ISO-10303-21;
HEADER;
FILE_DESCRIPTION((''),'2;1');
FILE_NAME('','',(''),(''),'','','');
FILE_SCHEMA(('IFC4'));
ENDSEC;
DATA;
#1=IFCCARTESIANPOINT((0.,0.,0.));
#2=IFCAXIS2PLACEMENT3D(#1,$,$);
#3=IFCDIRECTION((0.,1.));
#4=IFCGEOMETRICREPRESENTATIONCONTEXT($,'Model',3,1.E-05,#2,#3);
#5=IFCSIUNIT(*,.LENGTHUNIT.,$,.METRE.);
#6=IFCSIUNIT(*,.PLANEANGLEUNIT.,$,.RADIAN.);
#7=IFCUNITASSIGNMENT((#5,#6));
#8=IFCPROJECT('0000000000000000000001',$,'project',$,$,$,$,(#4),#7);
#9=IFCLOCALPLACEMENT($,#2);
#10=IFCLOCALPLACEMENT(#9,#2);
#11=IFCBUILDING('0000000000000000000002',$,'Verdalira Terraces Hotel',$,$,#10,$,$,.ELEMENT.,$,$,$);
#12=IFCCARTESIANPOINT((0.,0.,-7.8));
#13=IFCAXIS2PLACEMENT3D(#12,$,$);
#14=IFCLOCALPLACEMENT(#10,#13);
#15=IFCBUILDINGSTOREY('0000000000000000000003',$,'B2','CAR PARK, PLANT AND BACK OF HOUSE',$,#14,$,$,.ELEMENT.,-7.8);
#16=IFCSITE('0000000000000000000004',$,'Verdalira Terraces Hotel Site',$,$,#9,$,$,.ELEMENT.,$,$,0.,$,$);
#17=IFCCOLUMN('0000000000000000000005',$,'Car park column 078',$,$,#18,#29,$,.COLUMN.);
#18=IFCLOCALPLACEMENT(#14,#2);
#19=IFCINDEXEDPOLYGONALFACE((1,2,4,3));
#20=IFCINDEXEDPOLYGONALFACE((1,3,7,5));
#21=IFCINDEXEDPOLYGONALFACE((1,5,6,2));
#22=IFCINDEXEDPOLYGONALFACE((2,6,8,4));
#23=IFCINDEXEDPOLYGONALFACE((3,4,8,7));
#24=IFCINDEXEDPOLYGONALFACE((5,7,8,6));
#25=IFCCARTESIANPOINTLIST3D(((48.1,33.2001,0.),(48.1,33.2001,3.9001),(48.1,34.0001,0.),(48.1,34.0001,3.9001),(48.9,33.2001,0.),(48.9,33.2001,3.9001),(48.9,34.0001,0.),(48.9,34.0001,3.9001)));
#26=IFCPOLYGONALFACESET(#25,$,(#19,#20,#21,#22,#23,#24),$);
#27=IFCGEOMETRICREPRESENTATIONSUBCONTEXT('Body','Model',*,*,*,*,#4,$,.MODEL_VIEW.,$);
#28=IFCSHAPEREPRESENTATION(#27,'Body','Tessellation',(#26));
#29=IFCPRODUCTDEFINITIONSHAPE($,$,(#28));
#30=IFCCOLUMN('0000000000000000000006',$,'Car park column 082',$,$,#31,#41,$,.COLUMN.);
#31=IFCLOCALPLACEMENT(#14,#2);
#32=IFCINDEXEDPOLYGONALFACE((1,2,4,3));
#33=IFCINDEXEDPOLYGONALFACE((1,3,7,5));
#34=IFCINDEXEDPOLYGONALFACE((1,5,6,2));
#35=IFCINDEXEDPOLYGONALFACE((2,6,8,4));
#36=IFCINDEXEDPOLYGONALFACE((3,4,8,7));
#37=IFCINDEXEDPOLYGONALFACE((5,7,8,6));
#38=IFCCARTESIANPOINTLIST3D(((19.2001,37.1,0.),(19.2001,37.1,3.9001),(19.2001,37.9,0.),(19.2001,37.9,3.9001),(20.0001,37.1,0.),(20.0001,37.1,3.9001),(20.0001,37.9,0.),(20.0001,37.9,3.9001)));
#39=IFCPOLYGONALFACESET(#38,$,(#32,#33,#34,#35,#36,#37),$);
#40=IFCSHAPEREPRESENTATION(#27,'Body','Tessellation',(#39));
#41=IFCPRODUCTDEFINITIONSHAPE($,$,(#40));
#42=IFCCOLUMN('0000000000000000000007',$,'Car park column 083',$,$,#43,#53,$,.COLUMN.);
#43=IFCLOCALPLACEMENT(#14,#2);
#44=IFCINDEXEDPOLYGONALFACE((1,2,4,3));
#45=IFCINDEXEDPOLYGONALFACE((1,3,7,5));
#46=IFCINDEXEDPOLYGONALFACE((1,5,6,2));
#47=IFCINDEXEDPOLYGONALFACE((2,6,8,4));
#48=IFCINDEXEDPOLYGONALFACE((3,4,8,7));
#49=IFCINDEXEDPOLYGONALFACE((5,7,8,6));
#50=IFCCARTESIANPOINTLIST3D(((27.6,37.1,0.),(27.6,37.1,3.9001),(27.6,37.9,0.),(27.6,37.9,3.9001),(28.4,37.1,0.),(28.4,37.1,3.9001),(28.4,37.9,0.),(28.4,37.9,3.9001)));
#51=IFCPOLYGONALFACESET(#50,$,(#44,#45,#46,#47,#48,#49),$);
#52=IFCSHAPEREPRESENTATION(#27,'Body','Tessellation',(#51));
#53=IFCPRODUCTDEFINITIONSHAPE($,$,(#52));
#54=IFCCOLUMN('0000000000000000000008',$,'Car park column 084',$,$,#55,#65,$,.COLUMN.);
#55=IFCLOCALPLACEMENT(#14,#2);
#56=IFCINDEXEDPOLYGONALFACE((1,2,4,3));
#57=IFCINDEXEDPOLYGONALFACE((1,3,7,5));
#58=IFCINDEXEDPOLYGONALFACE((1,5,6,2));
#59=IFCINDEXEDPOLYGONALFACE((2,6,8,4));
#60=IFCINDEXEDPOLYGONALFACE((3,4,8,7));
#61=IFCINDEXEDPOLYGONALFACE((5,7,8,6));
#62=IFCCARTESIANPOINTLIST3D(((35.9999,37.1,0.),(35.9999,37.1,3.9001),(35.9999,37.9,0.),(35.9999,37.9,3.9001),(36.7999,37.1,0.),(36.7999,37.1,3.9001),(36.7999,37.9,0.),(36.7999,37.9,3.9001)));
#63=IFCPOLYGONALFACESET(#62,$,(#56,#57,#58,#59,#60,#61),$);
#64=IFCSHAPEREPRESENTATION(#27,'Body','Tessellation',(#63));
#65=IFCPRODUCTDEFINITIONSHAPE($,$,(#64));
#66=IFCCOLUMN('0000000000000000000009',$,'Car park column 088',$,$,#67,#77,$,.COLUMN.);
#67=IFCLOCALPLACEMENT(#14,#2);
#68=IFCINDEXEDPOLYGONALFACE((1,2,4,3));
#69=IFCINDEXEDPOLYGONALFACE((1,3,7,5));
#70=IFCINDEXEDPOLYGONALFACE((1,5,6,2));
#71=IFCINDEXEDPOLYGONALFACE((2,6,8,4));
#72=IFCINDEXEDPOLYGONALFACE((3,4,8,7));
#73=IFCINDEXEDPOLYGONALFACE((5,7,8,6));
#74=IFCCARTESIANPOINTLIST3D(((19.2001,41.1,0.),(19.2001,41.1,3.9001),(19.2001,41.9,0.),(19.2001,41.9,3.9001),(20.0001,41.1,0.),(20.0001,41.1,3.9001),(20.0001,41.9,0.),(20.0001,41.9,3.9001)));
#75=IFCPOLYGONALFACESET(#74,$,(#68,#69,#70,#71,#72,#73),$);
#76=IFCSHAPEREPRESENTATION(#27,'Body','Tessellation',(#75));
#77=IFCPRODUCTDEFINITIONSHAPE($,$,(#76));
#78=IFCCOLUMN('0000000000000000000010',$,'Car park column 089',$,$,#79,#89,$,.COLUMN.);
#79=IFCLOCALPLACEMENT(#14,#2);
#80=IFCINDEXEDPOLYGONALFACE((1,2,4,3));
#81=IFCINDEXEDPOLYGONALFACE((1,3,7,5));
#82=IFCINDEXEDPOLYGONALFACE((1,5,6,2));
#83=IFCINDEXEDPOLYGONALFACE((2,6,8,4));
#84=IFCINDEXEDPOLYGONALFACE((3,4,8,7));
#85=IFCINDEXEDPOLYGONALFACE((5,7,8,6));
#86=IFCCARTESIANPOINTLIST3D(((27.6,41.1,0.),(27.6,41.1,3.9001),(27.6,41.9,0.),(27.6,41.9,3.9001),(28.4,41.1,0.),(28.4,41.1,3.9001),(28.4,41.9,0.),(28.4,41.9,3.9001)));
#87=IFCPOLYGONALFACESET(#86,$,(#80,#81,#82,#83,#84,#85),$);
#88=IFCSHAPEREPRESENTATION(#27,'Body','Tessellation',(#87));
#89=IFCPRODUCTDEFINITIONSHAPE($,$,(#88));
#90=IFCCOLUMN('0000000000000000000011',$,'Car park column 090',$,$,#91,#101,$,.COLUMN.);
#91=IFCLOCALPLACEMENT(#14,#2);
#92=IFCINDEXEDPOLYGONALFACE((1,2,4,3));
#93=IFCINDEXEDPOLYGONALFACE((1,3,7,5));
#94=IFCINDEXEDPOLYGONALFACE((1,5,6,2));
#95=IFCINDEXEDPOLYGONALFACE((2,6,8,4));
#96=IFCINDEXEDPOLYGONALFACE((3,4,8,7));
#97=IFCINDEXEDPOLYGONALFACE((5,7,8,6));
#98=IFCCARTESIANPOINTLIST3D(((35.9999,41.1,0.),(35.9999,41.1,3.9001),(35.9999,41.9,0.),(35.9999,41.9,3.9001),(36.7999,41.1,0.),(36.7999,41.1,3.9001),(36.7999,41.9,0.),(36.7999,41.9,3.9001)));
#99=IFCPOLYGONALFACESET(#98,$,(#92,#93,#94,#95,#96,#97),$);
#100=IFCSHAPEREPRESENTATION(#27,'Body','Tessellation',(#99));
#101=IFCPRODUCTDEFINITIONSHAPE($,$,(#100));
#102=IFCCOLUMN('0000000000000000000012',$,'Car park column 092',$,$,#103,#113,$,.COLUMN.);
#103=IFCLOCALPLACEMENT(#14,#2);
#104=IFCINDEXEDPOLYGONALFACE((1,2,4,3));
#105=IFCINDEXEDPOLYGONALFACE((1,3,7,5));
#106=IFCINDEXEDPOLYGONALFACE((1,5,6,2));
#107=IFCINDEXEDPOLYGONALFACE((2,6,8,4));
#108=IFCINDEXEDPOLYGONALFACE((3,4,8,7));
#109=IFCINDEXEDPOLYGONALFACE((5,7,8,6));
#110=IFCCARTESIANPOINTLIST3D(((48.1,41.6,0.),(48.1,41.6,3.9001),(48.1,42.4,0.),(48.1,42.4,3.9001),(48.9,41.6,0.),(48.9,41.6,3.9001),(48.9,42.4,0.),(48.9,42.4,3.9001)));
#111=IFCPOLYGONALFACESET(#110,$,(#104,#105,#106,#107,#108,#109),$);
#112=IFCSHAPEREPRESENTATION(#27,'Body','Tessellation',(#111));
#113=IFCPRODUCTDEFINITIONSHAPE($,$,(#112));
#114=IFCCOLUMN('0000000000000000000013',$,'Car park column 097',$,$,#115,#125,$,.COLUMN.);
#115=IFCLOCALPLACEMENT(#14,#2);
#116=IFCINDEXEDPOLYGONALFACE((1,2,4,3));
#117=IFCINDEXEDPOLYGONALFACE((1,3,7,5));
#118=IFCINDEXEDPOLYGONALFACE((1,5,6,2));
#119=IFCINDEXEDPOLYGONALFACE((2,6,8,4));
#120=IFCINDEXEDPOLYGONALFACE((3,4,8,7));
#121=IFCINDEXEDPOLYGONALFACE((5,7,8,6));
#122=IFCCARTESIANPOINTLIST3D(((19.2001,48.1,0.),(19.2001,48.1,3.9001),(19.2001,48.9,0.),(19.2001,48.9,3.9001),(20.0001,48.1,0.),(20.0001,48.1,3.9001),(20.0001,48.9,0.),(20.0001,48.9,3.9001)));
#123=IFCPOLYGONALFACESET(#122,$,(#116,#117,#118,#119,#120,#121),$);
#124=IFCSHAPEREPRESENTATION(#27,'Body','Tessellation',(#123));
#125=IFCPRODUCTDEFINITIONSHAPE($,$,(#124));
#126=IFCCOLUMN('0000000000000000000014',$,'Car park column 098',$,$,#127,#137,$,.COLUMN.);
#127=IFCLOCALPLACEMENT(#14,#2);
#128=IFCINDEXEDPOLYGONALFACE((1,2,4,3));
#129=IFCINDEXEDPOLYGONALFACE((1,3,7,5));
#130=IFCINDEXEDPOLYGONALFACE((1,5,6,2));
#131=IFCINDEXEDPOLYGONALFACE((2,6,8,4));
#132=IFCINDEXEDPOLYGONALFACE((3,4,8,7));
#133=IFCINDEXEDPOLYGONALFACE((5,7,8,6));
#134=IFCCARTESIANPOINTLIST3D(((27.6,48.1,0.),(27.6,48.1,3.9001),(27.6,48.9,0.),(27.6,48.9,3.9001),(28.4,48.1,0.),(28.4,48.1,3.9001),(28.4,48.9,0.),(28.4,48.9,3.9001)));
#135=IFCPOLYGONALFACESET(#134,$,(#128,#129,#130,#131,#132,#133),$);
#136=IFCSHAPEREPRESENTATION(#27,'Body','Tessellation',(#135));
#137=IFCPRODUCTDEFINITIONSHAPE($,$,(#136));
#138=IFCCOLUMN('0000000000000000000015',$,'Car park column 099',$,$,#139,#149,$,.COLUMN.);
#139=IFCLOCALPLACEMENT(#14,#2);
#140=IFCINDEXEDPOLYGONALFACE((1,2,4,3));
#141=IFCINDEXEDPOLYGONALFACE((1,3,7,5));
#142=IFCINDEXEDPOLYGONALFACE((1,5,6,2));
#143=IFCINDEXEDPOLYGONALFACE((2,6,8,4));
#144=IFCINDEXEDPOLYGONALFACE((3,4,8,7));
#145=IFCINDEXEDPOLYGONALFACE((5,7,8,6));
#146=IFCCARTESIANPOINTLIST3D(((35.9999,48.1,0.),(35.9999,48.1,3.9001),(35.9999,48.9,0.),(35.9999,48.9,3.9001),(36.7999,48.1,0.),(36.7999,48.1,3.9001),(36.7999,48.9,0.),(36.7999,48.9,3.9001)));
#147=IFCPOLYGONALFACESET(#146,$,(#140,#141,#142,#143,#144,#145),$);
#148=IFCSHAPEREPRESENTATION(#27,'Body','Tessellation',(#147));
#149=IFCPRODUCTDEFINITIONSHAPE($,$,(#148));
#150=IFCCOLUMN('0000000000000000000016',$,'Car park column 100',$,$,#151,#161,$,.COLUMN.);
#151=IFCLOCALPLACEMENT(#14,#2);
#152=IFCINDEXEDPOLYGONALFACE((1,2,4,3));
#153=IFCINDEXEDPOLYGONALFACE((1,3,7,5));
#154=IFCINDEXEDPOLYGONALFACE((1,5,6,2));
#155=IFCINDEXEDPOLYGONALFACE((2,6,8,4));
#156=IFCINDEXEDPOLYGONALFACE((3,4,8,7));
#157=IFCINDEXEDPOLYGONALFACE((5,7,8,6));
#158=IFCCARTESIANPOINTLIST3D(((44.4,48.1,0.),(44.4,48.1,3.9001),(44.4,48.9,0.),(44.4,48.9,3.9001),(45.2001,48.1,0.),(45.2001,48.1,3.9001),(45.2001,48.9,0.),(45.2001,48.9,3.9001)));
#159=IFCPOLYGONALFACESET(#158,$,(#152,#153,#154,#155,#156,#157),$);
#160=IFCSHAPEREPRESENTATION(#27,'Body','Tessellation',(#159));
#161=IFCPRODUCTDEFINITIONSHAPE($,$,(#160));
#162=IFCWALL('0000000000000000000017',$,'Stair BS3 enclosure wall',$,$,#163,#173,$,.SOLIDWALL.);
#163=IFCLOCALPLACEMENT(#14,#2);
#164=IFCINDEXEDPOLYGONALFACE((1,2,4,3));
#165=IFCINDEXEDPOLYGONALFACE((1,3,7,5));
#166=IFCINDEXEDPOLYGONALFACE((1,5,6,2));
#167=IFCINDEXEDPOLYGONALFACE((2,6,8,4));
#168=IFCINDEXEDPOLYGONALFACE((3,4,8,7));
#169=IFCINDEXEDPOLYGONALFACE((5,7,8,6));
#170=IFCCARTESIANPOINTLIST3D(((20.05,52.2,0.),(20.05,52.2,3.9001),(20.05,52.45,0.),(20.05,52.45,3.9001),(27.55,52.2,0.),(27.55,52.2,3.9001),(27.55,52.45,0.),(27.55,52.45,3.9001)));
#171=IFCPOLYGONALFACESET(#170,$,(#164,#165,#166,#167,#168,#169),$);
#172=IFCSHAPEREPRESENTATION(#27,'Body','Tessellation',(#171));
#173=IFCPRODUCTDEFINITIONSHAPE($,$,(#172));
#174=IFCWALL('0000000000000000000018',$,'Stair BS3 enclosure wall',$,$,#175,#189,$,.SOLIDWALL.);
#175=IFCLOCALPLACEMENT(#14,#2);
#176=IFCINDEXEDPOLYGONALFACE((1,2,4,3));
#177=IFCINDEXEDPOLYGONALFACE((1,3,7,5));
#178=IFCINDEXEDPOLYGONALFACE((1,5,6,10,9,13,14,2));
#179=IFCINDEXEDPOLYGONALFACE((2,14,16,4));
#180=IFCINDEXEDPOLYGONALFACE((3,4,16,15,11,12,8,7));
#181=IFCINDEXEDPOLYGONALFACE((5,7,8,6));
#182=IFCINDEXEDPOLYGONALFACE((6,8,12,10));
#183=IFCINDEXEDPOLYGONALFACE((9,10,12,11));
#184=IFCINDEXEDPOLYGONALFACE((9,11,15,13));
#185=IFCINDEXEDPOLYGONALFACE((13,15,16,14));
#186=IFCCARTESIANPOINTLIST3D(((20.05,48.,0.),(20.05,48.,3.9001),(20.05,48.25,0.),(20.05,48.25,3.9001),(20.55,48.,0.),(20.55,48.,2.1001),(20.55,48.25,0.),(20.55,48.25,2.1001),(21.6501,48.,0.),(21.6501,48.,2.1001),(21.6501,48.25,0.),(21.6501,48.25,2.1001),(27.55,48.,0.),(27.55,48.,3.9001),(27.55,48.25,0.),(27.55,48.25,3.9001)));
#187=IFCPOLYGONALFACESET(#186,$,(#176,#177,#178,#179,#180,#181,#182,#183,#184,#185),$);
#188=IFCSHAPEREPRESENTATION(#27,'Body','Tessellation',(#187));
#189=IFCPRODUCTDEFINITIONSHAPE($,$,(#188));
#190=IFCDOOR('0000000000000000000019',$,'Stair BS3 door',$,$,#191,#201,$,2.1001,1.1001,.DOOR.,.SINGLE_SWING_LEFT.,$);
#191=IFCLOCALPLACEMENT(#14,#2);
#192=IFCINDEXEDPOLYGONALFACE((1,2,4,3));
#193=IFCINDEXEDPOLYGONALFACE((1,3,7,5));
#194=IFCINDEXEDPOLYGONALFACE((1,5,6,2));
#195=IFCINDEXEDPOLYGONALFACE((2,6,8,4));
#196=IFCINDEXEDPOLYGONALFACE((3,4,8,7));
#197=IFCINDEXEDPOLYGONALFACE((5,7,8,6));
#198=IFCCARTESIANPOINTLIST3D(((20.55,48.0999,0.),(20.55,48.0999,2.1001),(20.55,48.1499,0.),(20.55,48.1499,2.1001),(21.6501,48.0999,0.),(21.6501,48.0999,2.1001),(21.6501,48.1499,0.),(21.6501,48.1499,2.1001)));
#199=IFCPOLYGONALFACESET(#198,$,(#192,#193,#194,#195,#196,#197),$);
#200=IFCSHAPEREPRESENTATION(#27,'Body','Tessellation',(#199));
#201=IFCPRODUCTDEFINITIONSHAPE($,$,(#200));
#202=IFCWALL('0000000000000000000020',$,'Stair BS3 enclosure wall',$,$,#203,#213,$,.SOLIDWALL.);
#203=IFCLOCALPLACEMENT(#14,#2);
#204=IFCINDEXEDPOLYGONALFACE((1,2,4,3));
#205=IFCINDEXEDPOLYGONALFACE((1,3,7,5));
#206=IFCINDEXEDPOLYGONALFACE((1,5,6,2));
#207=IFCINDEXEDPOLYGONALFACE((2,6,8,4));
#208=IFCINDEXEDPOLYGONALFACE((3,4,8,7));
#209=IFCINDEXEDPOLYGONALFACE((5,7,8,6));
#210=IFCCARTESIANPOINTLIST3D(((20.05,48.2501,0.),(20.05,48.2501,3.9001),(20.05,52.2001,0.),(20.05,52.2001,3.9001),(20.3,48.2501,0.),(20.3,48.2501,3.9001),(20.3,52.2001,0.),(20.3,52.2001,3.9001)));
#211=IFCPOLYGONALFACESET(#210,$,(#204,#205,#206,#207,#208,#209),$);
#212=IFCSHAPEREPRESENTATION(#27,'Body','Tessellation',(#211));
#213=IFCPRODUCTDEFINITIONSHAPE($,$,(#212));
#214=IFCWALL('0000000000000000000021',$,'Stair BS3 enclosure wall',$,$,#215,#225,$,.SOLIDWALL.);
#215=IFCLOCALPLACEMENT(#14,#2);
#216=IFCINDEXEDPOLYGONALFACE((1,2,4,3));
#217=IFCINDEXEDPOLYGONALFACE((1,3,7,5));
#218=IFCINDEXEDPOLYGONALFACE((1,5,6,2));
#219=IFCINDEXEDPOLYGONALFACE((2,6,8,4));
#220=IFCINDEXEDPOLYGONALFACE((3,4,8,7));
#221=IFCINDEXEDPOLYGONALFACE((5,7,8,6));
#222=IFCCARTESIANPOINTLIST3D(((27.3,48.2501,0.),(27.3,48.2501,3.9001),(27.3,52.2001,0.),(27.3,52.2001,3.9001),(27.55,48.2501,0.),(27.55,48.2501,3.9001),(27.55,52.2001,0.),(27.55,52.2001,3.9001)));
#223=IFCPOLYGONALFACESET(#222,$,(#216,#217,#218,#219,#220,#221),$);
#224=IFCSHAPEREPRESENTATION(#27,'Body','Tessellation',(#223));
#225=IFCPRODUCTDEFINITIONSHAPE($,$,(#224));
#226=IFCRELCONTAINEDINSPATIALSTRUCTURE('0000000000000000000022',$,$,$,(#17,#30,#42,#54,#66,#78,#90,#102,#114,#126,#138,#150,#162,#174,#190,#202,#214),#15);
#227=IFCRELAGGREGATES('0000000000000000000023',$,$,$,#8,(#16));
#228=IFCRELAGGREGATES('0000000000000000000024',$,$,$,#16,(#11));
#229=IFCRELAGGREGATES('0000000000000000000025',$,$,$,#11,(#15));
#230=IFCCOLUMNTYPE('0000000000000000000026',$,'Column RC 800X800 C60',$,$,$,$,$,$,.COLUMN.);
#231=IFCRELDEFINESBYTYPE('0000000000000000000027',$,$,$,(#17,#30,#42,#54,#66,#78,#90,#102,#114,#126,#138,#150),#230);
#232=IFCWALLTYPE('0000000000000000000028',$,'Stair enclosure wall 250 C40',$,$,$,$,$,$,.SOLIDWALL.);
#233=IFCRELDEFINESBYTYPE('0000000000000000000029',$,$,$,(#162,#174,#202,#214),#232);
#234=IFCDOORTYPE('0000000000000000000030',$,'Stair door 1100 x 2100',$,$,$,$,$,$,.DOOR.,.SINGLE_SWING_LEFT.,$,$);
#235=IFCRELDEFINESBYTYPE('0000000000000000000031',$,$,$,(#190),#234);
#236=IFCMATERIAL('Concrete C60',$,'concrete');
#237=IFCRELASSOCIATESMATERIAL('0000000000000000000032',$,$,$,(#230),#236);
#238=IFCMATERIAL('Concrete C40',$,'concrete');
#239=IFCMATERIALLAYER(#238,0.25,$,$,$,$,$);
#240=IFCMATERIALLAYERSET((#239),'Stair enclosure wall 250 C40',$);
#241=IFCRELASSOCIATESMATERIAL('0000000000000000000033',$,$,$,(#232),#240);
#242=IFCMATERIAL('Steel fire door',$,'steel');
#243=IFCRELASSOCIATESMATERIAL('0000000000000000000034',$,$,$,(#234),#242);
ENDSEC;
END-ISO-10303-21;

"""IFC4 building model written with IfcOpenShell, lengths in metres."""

from ifc_helpers import new_model, si_unit, direction, frame, frame_2d, origin, origin_2d, place, context, subcontext, project, spatial, rectangle, extrude, material, layer, layer_set, material_profile, profile_set, type_object, element, fill, save


model = new_model("IFC4")

# Units and contexts
model_context = context("Model", 3, precision=1e-05, world=origin(), true_north=direction((0.0, 1.0)))
body_context = subcontext(model_context, "Body", "Model", "MODEL_VIEW")
ifc_project = project(units=[si_unit("LENGTHUNIT", "METRE"), si_unit("PLANEANGLEUNIT", "RADIAN")], contexts=[model_context])

# Site, building, storey
site_placement = place(None, origin())
site = spatial("IfcSite", under=ifc_project, at=site_placement, Name="Verdalira Terraces Hotel Site", CompositionType="ELEMENT", RefElevation=0.0)
building_placement = place(site_placement, origin())
building = spatial("IfcBuilding", under=site, at=building_placement, Name="Verdalira Terraces Hotel", CompositionType="ELEMENT")
storey_placement = place(building_placement, frame((0.0, 0.0, -7.8)))
storey = spatial("IfcBuildingStorey", under=building, at=storey_placement, Name="B2", Description="CAR PARK, PLANT AND BACK OF HOUSE", CompositionType="ELEMENT", Elevation=-7.8)

# Columns
ifc_material_1 = material(Name="Concrete C60", Category="concrete")
ifc_material_profile = material_profile(ifc_material_1, rectangle(XDim=0.8, YDim=0.8, at=origin_2d()), Name="RC 800X800")
ifc_profile_set = profile_set([ifc_material_profile], Name="Concrete C60")
column_type = type_object("IfcColumnType", Name="Column RC 800X800 C60", PredefinedType="COLUMN", material=ifc_profile_set)
for number, where, z_axis, x_axis, name in (
    (1, (48.5, 33.6001, 0.0), (0.0, 0.0, 1.0), (1.0, 0.0, 0.0), "Car park column 078"),
    (2, (19.6001, 37.5, 0.0), (0.0, 0.0, 1.0), (1.0, 0.0, 0.0), "Car park column 082"),
    (3, (28.0, 37.5, 0.0), (0.0, 0.0, 1.0), (1.0, 0.0, 0.0), "Car park column 083"),
    (4, (36.3999, 37.5, 0.0), (0.0, 0.0, 1.0), (1.0, 0.0, 0.0), "Car park column 084"),
    (5, (19.6001, 41.5, 0.0), (0.0, 0.0, 1.0), (1.0, 0.0, 0.0), "Car park column 088"),
    (6, (28.0, 41.5, 0.0), (0.0, 0.0, 1.0), (1.0, 0.0, 0.0), "Car park column 089"),
    (7, (36.3999, 41.5, 0.0), (0.0, 0.0, 1.0), (1.0, 0.0, 0.0), "Car park column 090"),
    (8, (48.5, 42.0, 0.0), (0.0, 0.0, 1.0), (1.0, 0.0, 0.0), "Car park column 092"),
    (9, (19.6001, 48.5, 0.0), (0.0, 0.0, 1.0), (1.0, 0.0, 0.0), "Car park column 097"),
    (10, (28.0, 48.5, 0.0), (0.0, 0.0, 1.0), (1.0, 0.0, 0.0), "Car park column 098"),
    (11, (36.3999, 48.5, 0.0), (0.0, 0.0, 1.0), (1.0, 0.0, 0.0), "Car park column 099"),
    (12, (44.8, 48.5, 0.0), (0.0, 0.0, 1.0), (1.0, 0.0, 0.0), "Car park column 100"),
):
    element("IfcColumn", number, at=place(storey_placement, frame(where, z_axis=z_axis, x_axis=x_axis)), inside=storey, type_object=column_type, Name=name, PredefinedType="COLUMN", context=body_context, shape_type="SweptSolid", body=[
        extrude(rectangle(XDim=0.8, YDim=0.8, at=origin_2d()), origin(), (0.0, 0.0, 1.0), 3.9001),
    ])

# Wall
ifc_material_2 = material(Name="Concrete C40", Category="concrete")
ifc_layer = layer(ifc_material_2, 0.25)
ifc_layer_set = layer_set([ifc_layer], Name="Stair enclosure wall 250 C40")
wall_type = type_object("IfcWallType", Name="Stair enclosure wall 250 C40", PredefinedType="SOLIDWALL", material=ifc_layer_set)
wall_1_placement = place(storey_placement, frame((20.05, 52.325, 0.0), z_axis=(0.0, 0.0, 1.0), x_axis=(1.0, 0.0, 0.0)))
element("IfcWall", 13, at=wall_1_placement, inside=storey, type_object=wall_type, Name="Stair BS3 enclosure wall", PredefinedType="SOLIDWALL", context=body_context, shape_type="SweptSolid", body=[
    extrude(rectangle(XDim=7.5, YDim=0.25, at=frame_2d((3.75, 0.0))), origin(), (0.0, 0.0, 1.0), 3.9001),
])

# Wall, opening, door
wall_2_placement = place(storey_placement, frame((20.05, 48.125, 0.0), z_axis=(0.0, 0.0, 1.0), x_axis=(1.0, 0.0, 0.0)))
wall_2 = element("IfcWall", 14, at=wall_2_placement, inside=storey, type_object=wall_type, Name="Stair BS3 enclosure wall", PredefinedType="SOLIDWALL", context=body_context, shape_type="SweptSolid", body=[
    extrude(rectangle(XDim=7.5, YDim=0.25, at=frame_2d((3.75, 0.0))), origin(), (0.0, 0.0, 1.0), 3.9001),
])
opening_placement = place(wall_2_placement, frame((0.5, 0.0, 0.0)))
opening = element("IfcOpeningElement", 15, at=opening_placement, cuts=wall_2, PredefinedType="OPENING", context=body_context, shape_type="SweptSolid", body=[
    extrude(rectangle(XDim=1.1001, YDim=2.1001, at=frame_2d((0.55, 1.05))), frame((0.0, 0.135, 0.0), z_axis=(0.0, -1.0, 0.0), x_axis=(1.0, 0.0, 0.0)), (0.0, 0.0, 1.0), 0.27),
])
ifc_material_3 = material(Name="Steel fire door", Category="steel")
door_type = type_object("IfcDoorType", Name="Stair door 1100 x 2100", OperationType="SINGLE_SWING_LEFT", PredefinedType="DOOR", material=ifc_material_3)
door_placement = place(opening_placement, origin())
door = element("IfcDoor", 16, at=door_placement, inside=storey, type_object=door_type, Name="Stair BS3 door", OperationType="SINGLE_SWING_LEFT", OverallHeight=2.1001, OverallWidth=1.1001, PredefinedType="DOOR", context=body_context, shape_type="SweptSolid", body=[
    extrude(rectangle(XDim=1.1001, YDim=2.1001, at=frame_2d((0.55, 1.05))), frame((0.0, 0.0249, 0.0), z_axis=(0.0, -1.0, 0.0), x_axis=(1.0, 0.0, 0.0)), (0.0, 0.0, 1.0), 0.05),
])
fill(opening, door)

# Walls
for number, where, z_axis, x_axis, name in (
    (17, (20.175, 48.25, 0.0), (0.0, 0.0, 1.0), (0.0, 1.0, 0.0), "Stair BS3 enclosure wall"),
    (18, (27.425, 48.25, 0.0), (0.0, 0.0, 1.0), (0.0, 1.0, 0.0), "Stair BS3 enclosure wall"),
):
    element("IfcWall", number, at=place(storey_placement, frame(where, z_axis=z_axis, x_axis=x_axis)), inside=storey, type_object=wall_type, Name=name, PredefinedType="SOLIDWALL", context=body_context, shape_type="SweptSolid", body=[
        extrude(rectangle(XDim=3.95, YDim=0.25, at=frame_2d((1.9751, 0.0))), origin(), (0.0, 0.0, 1.0), 3.9001),
    ])

save(model, "model.ifc")
